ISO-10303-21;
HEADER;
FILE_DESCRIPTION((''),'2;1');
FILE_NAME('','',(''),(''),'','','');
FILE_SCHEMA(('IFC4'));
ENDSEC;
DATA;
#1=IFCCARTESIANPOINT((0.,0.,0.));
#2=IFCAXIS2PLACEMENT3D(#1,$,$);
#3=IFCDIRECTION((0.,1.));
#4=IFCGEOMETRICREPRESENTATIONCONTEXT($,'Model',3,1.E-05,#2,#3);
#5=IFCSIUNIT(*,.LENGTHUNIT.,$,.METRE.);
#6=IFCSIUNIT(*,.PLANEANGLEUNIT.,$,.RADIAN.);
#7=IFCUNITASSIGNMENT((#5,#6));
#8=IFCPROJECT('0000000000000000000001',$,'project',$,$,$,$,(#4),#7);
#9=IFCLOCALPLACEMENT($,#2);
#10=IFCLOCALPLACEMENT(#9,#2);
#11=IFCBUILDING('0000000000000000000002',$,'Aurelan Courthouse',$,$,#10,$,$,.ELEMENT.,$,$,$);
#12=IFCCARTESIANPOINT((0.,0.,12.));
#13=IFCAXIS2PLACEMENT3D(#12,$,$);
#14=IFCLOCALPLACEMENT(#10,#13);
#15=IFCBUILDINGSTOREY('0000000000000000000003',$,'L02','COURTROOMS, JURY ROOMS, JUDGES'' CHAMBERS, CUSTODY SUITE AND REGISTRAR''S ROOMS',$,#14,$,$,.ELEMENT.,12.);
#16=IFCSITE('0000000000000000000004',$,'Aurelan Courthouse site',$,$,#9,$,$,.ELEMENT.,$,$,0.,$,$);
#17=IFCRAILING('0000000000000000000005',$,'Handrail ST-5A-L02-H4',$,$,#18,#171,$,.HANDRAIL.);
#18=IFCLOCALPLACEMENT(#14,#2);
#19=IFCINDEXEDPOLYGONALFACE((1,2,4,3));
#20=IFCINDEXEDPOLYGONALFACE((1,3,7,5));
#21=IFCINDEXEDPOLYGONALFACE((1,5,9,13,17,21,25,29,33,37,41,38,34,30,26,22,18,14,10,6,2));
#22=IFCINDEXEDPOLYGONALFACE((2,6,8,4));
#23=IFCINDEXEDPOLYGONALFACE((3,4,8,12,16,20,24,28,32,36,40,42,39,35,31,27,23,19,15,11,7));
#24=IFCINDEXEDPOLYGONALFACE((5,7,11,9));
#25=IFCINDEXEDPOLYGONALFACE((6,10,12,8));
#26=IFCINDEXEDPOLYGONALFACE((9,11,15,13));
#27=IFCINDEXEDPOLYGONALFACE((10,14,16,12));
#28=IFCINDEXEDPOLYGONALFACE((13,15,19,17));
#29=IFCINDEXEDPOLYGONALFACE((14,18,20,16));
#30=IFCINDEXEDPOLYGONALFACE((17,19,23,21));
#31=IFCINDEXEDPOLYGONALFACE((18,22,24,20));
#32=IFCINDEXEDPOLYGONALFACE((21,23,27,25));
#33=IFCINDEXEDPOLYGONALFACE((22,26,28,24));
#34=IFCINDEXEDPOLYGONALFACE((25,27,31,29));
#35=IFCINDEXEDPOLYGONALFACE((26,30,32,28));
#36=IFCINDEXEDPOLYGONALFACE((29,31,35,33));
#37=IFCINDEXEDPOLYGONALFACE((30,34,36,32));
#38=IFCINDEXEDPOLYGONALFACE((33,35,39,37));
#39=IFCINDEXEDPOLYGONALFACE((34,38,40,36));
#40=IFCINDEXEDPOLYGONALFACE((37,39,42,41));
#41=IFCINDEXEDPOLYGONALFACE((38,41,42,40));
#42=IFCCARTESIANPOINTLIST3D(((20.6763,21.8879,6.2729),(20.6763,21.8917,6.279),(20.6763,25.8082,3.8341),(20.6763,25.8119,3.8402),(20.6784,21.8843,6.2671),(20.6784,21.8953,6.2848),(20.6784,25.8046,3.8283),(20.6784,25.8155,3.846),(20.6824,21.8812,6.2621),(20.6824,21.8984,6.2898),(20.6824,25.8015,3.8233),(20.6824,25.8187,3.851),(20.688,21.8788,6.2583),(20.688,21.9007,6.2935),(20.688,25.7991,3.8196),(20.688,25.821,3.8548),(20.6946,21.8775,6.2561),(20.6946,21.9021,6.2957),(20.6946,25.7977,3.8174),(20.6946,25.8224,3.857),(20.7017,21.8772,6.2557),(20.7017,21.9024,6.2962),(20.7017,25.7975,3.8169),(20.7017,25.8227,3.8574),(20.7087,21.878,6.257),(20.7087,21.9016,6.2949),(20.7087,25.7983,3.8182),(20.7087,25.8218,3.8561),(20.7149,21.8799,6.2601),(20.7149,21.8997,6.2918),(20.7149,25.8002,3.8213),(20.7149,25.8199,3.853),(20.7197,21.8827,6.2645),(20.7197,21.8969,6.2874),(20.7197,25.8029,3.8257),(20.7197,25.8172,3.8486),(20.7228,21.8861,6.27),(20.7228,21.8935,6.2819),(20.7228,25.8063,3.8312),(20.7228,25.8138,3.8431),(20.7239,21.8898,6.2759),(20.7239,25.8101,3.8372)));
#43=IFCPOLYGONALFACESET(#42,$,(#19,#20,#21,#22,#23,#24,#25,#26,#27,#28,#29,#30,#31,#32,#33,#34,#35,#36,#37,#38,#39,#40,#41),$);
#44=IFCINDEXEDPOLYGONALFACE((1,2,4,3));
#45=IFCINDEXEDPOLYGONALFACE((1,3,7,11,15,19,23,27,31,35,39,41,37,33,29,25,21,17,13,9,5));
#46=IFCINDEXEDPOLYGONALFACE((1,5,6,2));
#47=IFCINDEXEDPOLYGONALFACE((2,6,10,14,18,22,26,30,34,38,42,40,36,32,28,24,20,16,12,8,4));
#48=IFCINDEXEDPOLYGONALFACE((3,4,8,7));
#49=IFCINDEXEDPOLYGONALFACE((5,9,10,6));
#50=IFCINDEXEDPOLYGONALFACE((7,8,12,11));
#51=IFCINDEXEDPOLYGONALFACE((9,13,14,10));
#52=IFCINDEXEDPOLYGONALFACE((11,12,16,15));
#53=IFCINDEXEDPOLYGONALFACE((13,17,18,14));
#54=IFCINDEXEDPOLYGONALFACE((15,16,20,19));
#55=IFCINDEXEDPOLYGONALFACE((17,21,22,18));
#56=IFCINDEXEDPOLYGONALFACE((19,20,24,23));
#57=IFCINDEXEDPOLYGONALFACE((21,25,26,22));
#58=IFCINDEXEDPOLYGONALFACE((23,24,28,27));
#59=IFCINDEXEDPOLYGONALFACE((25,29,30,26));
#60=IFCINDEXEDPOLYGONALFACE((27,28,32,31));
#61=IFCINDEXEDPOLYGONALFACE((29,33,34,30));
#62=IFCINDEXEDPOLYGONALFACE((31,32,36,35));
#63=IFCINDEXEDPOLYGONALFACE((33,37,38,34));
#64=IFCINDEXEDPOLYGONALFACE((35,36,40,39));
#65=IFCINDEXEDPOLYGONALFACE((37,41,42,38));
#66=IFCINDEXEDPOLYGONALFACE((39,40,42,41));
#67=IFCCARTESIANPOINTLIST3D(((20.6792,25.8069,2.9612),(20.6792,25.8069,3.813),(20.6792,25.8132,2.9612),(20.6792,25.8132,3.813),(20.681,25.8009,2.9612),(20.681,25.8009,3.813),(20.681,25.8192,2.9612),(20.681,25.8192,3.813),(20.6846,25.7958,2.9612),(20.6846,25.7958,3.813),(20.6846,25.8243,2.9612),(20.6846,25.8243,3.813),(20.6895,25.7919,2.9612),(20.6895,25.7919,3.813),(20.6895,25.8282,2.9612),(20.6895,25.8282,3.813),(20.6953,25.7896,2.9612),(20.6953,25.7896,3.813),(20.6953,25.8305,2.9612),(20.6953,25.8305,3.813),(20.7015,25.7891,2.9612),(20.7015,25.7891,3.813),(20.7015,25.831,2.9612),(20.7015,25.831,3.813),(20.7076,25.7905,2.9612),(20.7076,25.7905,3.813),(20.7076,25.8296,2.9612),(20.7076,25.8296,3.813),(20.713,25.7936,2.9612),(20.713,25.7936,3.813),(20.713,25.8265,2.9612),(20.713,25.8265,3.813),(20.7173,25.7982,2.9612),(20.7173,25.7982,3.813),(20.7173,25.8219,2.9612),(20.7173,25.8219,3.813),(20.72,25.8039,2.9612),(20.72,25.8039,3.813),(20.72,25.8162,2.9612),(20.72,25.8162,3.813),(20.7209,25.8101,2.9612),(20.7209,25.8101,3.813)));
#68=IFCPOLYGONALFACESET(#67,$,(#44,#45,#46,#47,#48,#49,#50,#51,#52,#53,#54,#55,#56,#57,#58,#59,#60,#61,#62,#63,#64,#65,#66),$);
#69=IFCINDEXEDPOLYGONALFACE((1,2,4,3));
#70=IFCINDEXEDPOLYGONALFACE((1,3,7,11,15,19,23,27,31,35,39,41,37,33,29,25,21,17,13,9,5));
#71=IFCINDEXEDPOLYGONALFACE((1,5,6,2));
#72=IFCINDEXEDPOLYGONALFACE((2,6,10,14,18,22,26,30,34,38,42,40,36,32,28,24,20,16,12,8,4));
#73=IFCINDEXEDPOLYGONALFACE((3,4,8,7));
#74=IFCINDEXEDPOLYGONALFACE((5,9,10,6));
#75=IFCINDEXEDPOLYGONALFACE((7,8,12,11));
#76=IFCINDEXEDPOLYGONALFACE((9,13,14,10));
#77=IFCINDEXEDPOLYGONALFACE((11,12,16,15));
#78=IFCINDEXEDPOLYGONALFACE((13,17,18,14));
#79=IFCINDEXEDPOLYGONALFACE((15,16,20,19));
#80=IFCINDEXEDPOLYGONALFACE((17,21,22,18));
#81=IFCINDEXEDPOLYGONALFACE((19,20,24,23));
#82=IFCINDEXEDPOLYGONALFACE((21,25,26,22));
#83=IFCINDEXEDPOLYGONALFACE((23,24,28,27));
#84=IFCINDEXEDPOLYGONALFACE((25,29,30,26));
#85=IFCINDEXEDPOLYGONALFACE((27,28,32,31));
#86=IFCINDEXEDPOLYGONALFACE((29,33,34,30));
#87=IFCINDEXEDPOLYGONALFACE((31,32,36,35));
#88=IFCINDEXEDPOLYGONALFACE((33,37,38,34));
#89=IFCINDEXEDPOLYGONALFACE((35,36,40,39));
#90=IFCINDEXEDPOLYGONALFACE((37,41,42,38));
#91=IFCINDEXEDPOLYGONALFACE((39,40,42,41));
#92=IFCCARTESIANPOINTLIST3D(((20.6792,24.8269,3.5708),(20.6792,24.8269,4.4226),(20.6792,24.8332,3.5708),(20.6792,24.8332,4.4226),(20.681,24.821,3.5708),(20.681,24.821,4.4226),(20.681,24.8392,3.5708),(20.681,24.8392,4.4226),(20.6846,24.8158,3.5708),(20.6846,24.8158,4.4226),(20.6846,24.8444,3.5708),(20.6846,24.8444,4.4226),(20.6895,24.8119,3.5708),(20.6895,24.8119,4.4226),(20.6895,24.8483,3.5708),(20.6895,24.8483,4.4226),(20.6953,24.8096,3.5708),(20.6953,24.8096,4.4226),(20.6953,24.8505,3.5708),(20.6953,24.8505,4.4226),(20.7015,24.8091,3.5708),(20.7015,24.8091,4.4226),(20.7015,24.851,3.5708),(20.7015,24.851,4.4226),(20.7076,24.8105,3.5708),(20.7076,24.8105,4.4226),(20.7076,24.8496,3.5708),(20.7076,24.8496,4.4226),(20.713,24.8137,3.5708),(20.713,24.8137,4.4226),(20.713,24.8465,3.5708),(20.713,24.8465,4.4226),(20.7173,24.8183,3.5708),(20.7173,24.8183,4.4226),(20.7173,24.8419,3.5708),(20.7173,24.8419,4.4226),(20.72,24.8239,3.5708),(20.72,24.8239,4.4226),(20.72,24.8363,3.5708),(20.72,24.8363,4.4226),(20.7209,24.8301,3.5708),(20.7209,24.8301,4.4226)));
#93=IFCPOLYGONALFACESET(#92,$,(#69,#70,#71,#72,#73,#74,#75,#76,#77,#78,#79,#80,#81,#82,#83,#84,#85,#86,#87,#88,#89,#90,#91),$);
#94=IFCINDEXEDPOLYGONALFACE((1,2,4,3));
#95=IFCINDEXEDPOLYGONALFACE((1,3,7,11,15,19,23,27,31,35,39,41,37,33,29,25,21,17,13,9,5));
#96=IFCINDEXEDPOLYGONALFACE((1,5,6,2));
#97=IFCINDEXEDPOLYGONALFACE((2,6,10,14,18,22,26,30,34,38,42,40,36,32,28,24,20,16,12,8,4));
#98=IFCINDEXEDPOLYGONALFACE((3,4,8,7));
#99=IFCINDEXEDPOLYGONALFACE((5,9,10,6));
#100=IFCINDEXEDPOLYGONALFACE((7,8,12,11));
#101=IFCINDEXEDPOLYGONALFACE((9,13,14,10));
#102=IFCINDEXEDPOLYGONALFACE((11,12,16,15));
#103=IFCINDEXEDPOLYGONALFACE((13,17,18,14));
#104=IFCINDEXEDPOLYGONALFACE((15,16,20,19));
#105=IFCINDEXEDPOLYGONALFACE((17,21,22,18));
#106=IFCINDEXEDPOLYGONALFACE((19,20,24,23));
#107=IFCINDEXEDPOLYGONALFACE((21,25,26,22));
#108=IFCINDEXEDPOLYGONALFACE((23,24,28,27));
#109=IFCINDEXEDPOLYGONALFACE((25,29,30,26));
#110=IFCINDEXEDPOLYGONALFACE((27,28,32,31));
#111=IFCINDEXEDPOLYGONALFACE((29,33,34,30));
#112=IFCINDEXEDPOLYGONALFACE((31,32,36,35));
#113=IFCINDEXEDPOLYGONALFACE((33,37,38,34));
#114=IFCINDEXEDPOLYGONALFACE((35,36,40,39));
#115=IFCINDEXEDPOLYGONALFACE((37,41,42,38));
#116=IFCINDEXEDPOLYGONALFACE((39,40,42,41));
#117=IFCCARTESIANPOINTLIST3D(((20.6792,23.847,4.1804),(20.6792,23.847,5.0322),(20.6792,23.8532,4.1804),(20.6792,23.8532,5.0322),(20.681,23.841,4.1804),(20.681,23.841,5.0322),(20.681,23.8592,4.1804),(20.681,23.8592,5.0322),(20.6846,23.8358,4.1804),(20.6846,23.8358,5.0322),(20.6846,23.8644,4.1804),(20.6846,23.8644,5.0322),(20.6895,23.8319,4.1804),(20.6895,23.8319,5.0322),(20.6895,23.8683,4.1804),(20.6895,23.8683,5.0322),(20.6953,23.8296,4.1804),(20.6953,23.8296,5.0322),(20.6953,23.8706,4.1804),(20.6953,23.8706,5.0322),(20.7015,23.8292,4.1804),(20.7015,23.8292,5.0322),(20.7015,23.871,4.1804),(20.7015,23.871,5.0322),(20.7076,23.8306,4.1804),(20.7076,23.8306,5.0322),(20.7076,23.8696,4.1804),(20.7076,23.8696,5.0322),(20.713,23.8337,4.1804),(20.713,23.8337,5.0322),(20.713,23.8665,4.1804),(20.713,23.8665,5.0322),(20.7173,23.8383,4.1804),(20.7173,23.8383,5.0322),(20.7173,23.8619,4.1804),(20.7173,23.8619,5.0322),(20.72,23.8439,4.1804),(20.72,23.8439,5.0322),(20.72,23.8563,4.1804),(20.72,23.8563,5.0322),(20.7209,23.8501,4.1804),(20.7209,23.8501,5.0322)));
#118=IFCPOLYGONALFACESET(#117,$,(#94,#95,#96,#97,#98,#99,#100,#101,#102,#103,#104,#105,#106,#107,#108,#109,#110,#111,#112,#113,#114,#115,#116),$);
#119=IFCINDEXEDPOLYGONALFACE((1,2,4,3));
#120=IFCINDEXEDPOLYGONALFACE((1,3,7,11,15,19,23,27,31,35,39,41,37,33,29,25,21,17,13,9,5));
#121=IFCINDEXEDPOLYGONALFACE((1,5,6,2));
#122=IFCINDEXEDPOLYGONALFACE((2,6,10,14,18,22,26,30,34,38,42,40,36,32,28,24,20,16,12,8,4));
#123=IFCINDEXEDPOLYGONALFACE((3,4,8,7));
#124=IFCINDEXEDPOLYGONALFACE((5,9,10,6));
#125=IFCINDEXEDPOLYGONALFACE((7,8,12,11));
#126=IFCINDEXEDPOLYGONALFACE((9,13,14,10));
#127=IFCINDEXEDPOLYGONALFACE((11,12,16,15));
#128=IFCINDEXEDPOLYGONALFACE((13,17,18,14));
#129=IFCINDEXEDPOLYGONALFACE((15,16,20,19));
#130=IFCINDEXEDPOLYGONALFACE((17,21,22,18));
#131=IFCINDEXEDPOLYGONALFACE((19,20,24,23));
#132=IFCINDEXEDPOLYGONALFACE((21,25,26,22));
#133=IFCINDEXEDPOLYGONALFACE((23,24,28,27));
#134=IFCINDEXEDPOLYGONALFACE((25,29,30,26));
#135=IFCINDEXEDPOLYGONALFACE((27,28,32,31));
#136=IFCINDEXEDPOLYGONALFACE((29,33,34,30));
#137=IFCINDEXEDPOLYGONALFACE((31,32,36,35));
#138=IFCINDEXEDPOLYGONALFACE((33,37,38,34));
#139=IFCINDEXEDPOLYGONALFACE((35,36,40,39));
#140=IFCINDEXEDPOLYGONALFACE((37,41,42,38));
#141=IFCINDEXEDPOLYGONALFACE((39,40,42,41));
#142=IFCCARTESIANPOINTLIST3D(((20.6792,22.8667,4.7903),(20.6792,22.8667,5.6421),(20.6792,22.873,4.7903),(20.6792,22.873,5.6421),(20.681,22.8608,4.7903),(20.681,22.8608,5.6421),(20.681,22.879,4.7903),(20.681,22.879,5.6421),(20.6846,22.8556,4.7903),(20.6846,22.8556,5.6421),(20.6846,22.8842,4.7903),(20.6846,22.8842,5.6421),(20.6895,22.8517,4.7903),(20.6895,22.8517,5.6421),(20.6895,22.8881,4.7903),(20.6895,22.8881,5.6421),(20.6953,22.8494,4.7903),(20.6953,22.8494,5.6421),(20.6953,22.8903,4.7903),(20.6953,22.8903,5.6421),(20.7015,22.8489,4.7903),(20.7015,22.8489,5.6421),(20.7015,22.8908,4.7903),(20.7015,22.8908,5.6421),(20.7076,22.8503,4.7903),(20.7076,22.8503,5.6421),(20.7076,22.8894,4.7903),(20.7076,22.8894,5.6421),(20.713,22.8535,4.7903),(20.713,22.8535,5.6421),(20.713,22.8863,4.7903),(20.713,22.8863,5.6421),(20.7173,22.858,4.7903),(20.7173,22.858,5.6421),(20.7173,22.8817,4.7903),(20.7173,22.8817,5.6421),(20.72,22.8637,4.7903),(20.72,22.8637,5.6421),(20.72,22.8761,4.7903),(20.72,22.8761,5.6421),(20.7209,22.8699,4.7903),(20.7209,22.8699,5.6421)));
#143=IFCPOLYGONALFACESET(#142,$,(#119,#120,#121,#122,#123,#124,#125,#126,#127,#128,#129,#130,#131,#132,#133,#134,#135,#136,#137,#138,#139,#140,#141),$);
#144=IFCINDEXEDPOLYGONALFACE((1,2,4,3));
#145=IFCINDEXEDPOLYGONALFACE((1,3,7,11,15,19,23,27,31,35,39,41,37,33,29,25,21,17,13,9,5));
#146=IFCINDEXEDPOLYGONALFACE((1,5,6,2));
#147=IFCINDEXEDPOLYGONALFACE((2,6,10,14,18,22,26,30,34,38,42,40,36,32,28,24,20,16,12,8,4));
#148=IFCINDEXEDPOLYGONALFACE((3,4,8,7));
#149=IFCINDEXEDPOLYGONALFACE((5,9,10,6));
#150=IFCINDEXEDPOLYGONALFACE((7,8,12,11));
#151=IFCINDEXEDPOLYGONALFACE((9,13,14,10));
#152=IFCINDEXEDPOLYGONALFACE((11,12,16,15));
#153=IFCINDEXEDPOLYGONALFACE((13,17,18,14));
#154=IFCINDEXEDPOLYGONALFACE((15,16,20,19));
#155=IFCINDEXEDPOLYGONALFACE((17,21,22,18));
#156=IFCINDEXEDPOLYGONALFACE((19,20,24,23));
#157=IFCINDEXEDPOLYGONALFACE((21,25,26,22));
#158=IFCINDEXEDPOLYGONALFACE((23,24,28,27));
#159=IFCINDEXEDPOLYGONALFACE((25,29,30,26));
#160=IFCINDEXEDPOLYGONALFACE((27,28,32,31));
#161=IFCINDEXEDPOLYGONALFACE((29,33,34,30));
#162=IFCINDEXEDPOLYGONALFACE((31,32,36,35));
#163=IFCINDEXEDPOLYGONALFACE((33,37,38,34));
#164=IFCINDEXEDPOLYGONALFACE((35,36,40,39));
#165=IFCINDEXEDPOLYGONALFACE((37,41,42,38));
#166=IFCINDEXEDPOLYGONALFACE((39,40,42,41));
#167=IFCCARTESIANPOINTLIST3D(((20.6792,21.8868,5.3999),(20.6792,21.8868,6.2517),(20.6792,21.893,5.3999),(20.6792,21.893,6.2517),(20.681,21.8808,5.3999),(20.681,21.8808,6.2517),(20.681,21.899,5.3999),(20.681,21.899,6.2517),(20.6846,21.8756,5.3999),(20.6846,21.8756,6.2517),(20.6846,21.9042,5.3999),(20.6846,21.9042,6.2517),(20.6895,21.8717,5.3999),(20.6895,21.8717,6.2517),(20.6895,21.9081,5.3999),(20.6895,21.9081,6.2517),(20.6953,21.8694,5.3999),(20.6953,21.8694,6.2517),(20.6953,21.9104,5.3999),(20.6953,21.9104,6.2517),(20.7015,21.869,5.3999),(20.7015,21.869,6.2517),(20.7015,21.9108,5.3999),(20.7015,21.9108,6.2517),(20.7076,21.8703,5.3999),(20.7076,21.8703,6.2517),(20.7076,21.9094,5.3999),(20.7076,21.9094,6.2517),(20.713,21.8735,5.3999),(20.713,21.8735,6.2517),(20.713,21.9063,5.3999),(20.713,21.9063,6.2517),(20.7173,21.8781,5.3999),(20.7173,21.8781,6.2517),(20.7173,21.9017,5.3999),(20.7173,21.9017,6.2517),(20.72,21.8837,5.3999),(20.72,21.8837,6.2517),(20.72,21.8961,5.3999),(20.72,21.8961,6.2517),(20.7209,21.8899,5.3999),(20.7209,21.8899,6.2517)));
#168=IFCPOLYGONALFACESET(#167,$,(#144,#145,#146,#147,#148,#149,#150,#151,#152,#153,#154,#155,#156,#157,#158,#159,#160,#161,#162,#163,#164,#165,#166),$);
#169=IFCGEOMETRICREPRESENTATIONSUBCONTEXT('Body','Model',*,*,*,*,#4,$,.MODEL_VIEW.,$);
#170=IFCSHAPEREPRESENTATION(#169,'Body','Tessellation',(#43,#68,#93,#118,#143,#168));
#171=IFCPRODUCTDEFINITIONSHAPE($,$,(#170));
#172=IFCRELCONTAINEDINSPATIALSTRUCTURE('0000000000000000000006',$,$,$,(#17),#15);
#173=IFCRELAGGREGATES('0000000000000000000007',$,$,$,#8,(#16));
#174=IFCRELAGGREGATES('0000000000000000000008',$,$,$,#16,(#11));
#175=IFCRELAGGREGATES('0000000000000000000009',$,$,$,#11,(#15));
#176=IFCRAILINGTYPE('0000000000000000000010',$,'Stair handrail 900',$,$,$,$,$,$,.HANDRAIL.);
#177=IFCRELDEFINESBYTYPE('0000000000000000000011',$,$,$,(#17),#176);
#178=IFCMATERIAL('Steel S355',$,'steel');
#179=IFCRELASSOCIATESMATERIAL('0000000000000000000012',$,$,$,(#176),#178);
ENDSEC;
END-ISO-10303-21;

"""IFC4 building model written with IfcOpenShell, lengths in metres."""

from ifc_helpers import new_model, si_unit, direction, frame, origin, origin_2d, place, context, subcontext, project, spatial, circle, extrude, material, type_object, element, save


model = new_model("IFC4")

# Units and contexts
model_context = context("Model", 3, precision=1e-05, world=origin(), true_north=direction((0.0, 1.0)))
body_context = subcontext(model_context, "Body", "Model", "MODEL_VIEW")
ifc_project = project(units=[si_unit("LENGTHUNIT", "METRE"), si_unit("PLANEANGLEUNIT", "RADIAN")], contexts=[model_context])

# Site, building, storey
site_placement = place(None, origin())
site = spatial("IfcSite", under=ifc_project, at=site_placement, Name="Aurelan Courthouse site", CompositionType="ELEMENT", RefElevation=0.0)
building_placement = place(site_placement, origin())
building = spatial("IfcBuilding", under=site, at=building_placement, Name="Aurelan Courthouse", CompositionType="ELEMENT")
storey_placement = place(building_placement, frame((0.0, 0.0, 12.0)))
storey = spatial("IfcBuildingStorey", under=building, at=storey_placement, Name="L02", Description="COURTROOMS, JURY ROOMS, JUDGES' CHAMBERS, CUSTODY SUITE AND REGISTRAR'S ROOMS", CompositionType="ELEMENT", Elevation=12.0)

# Railing
ifc_material_1 = material(Name="Steel S355", Category="steel")
railing_type_1 = type_object("IfcRailingType", Name="Stair handrail 900", PredefinedType="HANDRAIL", material=ifc_material_1)
for number, where, name in (
    (1, (20.7, 25.8101, 2.9612), "Handrail ST-5A-L02-H4"),
):
    element("IfcRailing", number, at=place(storey_placement, frame(where)), inside=storey, type_object=railing_type_1, Name=name, PredefinedType="HANDRAIL", context=body_context, shape_type="SweptSolid", body=[
        extrude(circle(Radius=0.0239, at=origin_2d()), frame((0.0, 0.0, 0.876), z_axis=(0.0, -0.849105, 0.528225), x_axis=(1.0, 0.0, 0.0)), (0.0, 0.0, 1.0), 4.6169),
        extrude(circle(Radius=0.021, at=origin_2d()), origin(), (0.0, 0.0, 1.0), 0.8518),
        extrude(circle(Radius=0.021, at=origin_2d()), frame((0.0, -0.98, 0.6096)), (0.0, 0.0, 1.0), 0.8518),
        extrude(circle(Radius=0.021, at=origin_2d()), frame((0.0, -1.96, 1.2192)), (0.0, 0.0, 1.0), 0.8518),
        extrude(circle(Radius=0.021, at=origin_2d()), frame((0.0, -2.9402, 1.8291)), (0.0, 0.0, 1.0), 0.8518),
        extrude(circle(Radius=0.021, at=origin_2d()), frame((0.0, -3.9202, 2.4387)), (0.0, 0.0, 1.0), 0.8518),
    ])

save(model, "model.ifc")
